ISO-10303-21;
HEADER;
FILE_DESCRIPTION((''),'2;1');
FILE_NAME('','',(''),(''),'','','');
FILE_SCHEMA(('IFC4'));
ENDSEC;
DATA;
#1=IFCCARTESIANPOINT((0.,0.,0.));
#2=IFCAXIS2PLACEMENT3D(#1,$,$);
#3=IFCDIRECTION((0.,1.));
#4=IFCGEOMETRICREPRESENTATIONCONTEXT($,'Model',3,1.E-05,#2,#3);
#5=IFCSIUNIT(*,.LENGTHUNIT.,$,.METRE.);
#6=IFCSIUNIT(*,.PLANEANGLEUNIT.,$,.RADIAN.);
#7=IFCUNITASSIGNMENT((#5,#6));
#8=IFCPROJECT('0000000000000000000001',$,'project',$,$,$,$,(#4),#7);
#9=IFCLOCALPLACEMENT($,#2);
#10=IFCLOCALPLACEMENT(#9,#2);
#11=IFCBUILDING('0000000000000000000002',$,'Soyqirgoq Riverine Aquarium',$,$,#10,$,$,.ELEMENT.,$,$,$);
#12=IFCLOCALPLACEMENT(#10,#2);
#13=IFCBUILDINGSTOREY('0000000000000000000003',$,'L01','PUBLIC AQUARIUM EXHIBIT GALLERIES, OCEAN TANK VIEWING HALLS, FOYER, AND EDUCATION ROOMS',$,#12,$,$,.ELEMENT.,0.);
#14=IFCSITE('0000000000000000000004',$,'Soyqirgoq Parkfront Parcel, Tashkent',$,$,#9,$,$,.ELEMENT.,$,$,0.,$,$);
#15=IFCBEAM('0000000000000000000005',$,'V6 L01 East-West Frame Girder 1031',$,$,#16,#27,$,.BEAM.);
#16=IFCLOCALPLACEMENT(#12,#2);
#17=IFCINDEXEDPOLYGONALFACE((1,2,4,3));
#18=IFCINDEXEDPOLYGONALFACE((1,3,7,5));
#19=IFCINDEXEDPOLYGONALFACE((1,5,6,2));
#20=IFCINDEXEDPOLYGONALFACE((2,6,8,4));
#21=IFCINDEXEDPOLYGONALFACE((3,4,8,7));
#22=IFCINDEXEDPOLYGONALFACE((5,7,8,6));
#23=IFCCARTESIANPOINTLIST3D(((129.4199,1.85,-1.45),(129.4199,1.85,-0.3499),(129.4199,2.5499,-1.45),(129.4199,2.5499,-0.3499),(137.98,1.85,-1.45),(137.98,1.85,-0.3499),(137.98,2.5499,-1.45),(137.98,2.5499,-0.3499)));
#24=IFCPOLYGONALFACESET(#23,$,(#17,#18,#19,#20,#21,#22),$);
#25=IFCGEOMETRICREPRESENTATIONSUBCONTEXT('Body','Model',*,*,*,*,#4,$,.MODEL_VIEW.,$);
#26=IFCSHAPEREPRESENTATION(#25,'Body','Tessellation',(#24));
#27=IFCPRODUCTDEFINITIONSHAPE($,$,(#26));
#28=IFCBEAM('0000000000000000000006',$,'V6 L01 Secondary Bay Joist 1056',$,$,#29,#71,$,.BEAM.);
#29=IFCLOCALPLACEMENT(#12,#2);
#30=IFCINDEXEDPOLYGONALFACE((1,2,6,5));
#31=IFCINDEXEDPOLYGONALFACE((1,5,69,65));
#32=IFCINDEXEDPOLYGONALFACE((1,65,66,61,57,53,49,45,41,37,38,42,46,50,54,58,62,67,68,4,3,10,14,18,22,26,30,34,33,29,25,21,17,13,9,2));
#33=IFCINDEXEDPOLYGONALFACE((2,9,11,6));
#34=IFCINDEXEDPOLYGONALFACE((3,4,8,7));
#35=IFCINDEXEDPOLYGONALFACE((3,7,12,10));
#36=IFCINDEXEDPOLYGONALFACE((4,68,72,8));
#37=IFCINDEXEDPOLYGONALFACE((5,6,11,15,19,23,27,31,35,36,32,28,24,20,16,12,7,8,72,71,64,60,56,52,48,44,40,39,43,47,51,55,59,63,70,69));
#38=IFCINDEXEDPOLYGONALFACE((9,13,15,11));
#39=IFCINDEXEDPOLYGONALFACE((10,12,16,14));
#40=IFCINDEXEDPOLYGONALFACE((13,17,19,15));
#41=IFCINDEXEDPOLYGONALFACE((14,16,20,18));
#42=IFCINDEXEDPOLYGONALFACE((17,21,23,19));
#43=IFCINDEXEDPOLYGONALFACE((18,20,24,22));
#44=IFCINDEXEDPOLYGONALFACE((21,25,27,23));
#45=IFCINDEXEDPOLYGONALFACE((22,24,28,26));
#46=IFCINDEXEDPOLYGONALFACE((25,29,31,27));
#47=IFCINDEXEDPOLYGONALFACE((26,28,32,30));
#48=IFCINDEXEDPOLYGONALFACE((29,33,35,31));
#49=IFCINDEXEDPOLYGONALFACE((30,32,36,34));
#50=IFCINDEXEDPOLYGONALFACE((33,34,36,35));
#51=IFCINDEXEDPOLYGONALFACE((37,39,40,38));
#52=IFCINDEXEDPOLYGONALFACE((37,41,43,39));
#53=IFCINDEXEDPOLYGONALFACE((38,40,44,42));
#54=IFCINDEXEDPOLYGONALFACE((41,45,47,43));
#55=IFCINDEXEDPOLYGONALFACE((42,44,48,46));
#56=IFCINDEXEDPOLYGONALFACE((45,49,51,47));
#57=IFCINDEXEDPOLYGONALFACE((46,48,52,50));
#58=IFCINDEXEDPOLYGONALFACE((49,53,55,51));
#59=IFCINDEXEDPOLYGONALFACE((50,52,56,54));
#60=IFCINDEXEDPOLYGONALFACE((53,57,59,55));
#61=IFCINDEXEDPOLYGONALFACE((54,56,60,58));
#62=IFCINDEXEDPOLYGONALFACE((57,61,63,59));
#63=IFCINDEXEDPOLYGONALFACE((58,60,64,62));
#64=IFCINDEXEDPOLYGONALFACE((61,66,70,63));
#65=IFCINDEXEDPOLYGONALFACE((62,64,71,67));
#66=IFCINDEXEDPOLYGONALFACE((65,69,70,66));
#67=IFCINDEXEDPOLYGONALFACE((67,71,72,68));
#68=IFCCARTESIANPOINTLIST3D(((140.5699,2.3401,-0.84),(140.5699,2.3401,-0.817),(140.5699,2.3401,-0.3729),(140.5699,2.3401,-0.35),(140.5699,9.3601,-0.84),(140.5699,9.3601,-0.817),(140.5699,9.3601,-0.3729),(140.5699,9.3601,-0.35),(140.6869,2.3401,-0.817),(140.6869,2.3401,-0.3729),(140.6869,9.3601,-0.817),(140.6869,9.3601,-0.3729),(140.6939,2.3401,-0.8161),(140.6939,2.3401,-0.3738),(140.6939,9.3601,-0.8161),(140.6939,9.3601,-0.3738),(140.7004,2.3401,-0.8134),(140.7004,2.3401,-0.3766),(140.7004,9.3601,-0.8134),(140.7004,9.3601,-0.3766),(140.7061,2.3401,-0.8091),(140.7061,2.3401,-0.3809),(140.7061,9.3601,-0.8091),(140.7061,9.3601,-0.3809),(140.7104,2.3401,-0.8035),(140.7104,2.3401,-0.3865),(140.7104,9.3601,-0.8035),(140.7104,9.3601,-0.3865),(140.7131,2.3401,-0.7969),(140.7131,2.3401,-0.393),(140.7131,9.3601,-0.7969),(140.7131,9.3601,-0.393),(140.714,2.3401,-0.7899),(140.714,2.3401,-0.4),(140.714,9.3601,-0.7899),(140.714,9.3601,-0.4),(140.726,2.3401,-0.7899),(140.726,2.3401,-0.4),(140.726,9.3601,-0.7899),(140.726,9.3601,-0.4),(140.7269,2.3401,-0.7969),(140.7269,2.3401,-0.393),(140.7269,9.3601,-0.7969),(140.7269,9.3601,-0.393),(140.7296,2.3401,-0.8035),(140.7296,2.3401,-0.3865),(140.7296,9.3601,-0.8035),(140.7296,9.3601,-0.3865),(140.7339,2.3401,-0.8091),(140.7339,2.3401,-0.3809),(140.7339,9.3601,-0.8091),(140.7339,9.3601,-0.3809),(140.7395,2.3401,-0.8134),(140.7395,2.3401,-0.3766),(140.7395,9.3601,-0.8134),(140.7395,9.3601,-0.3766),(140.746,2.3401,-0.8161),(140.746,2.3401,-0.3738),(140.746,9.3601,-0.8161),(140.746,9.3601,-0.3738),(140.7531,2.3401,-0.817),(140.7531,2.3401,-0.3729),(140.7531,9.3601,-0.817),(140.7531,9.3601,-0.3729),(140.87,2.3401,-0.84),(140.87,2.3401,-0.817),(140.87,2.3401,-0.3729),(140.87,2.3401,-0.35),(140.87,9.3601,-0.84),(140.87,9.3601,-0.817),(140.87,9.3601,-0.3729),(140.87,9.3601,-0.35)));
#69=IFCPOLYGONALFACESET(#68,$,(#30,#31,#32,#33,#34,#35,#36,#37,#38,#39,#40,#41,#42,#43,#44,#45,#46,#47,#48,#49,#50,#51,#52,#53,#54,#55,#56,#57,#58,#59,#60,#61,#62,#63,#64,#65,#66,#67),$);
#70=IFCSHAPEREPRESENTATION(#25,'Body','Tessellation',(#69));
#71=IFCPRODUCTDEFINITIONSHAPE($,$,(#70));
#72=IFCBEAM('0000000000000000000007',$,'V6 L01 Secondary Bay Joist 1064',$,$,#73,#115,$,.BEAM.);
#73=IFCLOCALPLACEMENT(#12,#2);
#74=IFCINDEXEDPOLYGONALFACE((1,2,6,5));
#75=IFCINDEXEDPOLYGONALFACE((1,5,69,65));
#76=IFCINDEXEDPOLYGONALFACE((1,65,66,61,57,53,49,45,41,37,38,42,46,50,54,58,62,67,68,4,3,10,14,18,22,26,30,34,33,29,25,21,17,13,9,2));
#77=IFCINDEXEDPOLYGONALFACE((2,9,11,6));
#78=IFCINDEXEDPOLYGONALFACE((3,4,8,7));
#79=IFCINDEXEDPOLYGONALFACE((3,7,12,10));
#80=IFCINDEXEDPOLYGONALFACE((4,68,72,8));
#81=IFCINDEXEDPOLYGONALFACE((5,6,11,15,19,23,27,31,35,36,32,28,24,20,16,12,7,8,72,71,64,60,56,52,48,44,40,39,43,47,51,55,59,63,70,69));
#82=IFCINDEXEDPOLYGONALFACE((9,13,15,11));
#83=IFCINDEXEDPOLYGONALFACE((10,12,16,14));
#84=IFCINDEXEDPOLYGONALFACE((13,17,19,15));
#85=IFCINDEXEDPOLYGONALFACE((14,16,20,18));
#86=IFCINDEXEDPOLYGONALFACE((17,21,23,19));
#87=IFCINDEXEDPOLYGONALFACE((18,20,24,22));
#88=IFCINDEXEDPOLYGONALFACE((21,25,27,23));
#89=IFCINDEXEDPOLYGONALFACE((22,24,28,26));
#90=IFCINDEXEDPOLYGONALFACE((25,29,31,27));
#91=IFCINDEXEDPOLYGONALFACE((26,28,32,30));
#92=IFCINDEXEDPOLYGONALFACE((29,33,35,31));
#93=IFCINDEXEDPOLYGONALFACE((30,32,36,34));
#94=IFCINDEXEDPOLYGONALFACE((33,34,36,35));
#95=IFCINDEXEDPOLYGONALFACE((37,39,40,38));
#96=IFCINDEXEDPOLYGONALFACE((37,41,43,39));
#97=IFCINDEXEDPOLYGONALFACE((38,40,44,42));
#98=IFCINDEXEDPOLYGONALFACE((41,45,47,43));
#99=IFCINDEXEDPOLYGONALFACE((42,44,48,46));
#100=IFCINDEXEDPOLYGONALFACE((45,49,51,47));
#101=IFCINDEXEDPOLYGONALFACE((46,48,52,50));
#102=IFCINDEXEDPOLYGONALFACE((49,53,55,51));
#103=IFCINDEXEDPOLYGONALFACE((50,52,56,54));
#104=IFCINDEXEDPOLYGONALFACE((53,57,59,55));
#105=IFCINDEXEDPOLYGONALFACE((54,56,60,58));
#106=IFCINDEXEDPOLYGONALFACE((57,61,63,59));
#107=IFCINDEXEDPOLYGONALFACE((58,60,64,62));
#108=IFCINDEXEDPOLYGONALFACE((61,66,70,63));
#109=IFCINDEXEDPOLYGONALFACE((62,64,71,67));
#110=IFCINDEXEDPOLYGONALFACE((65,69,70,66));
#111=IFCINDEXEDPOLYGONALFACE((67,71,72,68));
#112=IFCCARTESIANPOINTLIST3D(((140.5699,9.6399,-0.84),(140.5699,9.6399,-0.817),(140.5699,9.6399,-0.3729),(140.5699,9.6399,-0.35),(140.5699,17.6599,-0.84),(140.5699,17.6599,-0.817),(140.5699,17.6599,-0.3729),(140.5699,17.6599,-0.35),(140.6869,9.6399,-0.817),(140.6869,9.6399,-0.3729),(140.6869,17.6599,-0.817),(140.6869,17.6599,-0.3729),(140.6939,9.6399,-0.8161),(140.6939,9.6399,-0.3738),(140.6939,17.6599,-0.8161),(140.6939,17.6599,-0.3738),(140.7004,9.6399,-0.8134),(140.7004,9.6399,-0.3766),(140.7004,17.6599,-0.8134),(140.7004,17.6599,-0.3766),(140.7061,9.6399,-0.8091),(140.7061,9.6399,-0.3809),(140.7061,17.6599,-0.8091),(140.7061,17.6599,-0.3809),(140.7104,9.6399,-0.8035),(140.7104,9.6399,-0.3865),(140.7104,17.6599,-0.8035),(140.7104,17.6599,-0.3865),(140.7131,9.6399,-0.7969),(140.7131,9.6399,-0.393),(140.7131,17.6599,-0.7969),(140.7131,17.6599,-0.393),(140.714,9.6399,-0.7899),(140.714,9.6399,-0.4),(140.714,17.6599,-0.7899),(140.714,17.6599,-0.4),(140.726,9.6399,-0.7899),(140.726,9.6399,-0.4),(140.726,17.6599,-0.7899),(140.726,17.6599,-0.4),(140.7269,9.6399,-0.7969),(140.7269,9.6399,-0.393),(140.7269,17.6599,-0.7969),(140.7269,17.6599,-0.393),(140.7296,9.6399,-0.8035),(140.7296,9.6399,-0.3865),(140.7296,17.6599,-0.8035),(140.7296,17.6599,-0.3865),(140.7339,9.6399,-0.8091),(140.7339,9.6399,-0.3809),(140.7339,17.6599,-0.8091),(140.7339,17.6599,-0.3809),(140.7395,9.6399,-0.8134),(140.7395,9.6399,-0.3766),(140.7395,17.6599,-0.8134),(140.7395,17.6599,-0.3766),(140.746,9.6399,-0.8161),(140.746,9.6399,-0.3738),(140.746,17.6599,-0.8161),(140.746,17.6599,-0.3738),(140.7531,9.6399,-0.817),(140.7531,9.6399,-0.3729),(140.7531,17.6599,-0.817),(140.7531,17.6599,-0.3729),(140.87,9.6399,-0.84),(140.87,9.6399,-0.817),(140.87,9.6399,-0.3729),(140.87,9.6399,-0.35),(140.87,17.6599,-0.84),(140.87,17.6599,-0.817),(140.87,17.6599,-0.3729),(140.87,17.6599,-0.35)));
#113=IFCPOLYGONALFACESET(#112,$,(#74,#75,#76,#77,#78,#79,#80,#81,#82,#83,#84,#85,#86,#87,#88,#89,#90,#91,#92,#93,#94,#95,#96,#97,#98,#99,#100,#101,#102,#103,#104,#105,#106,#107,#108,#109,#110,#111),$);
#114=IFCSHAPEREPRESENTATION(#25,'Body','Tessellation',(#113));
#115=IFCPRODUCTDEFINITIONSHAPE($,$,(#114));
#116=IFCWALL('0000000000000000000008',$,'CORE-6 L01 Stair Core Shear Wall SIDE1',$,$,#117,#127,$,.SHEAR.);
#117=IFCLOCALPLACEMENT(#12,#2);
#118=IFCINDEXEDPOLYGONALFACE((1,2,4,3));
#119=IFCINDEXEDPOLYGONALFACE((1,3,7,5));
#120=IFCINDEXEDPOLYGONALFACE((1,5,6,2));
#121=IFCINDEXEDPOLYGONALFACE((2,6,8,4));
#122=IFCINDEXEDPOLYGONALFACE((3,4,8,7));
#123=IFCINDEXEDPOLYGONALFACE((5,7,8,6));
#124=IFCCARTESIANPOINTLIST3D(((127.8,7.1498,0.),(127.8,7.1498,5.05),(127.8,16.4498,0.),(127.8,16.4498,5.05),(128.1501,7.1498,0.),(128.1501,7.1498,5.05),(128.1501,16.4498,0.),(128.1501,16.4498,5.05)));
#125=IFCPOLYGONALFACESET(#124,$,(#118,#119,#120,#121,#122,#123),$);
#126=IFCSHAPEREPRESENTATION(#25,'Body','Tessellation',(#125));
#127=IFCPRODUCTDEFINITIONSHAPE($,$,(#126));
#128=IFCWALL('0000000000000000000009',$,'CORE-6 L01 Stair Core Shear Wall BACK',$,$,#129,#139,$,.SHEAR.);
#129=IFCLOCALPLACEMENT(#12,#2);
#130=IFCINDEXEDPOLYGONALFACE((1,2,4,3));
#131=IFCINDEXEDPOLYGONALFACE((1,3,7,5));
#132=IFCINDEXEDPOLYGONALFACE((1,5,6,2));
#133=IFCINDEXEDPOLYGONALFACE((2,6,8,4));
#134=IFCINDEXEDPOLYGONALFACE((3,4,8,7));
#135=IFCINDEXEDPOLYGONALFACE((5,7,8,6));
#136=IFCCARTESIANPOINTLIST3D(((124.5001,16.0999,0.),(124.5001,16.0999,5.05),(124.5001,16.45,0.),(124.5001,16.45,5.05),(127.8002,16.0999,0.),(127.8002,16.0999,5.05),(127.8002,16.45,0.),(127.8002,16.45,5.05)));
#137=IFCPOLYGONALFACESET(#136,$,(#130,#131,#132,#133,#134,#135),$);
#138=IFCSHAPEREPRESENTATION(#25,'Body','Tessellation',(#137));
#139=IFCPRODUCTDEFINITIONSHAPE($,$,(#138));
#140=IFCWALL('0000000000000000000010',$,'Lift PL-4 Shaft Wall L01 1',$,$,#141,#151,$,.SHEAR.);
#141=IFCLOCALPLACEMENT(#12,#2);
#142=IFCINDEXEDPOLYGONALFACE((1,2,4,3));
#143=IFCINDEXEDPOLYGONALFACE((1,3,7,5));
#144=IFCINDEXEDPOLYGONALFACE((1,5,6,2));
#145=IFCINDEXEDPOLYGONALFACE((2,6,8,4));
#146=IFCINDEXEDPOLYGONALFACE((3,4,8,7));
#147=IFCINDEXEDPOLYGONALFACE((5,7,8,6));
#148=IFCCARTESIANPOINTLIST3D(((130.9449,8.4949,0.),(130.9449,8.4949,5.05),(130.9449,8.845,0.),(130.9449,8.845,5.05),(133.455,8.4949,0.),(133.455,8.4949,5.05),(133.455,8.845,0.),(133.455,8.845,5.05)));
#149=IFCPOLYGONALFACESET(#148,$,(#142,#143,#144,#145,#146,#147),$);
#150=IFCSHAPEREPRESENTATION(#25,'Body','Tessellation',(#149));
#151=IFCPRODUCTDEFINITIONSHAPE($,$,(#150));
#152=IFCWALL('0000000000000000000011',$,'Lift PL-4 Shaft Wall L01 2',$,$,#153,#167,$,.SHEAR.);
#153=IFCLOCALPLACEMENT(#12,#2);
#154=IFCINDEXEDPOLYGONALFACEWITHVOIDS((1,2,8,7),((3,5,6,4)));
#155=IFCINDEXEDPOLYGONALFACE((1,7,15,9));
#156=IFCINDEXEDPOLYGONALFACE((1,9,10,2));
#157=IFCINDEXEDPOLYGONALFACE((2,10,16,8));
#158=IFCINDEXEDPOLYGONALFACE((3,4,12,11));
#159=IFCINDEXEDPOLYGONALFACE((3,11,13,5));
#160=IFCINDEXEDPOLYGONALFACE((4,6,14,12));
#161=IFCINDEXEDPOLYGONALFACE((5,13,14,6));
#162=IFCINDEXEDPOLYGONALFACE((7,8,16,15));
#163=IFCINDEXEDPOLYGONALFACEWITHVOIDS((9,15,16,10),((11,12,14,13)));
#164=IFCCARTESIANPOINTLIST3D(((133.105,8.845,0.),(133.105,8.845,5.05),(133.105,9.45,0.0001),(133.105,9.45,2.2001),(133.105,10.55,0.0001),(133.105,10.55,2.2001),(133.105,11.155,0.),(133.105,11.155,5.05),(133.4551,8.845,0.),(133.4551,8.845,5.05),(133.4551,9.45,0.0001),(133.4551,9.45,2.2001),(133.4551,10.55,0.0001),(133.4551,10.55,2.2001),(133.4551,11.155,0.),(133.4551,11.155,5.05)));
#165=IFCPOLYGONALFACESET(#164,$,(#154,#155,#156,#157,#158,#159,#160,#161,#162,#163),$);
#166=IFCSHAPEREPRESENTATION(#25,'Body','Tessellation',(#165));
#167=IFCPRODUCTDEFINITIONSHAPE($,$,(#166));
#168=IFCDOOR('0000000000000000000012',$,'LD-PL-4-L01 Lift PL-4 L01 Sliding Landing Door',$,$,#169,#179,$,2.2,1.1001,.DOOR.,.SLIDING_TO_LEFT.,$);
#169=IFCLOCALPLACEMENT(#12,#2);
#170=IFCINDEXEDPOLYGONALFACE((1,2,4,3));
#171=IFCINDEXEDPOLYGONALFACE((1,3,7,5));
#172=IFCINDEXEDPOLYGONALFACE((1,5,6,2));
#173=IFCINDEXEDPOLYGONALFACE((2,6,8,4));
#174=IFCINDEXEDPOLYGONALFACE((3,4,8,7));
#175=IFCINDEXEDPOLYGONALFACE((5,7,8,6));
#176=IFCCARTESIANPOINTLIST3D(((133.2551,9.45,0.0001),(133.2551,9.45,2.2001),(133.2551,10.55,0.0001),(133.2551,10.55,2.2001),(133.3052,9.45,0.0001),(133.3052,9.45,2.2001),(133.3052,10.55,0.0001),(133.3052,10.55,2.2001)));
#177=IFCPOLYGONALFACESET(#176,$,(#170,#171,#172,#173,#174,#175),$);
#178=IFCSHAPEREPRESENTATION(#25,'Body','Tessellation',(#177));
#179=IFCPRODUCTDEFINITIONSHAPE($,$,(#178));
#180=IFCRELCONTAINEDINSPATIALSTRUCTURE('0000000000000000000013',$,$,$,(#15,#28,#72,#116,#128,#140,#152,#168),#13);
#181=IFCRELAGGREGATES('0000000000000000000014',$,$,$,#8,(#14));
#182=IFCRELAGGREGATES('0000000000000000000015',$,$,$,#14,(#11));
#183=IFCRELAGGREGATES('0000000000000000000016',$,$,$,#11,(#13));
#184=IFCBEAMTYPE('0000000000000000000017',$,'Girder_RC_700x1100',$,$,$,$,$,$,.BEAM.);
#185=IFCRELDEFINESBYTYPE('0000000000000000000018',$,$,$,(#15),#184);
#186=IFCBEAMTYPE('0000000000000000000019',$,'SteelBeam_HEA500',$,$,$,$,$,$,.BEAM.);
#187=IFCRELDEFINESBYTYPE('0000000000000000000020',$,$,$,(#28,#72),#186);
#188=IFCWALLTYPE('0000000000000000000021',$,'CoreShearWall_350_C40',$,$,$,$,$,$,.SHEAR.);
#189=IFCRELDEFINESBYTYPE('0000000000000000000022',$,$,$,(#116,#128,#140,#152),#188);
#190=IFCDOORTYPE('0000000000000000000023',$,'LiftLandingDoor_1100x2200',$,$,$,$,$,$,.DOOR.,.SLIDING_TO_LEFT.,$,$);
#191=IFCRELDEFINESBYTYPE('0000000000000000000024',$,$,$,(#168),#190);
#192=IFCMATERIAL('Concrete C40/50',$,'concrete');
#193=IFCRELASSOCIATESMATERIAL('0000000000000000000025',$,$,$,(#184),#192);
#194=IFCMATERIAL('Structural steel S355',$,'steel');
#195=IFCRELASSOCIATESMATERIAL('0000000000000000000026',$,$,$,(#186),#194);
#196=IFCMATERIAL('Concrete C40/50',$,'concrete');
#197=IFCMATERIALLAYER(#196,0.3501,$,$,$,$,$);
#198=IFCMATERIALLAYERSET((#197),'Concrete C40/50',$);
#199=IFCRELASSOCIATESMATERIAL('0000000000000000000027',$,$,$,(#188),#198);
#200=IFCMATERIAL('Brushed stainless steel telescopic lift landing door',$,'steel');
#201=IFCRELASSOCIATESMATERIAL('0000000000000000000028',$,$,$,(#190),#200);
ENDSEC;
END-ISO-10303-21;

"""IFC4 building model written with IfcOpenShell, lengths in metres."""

from ifc_helpers import new_model, si_unit, direction, frame, frame_2d, origin, origin_2d, place, context, subcontext, project, spatial, rectangle, i_section, extrude, material, layer, layer_set, material_profile, profile_set, type_object, element, fill, save


model = new_model("IFC4")

# Units and contexts
model_context = context("Model", 3, precision=1e-05, world=origin(), true_north=direction((0.0, 1.0)))
body_context = subcontext(model_context, "Body", "Model", "MODEL_VIEW")
ifc_project = project(units=[si_unit("LENGTHUNIT", "METRE"), si_unit("PLANEANGLEUNIT", "RADIAN")], contexts=[model_context])

# Site, building, storey
site_placement = place(None, origin())
site = spatial("IfcSite", under=ifc_project, at=site_placement, Name="Soyqirgoq Parkfront Parcel, Tashkent", CompositionType="ELEMENT", RefElevation=0.0)
building_placement = place(site_placement, origin())
building = spatial("IfcBuilding", under=site, at=building_placement, Name="Soyqirgoq Riverine Aquarium", CompositionType="ELEMENT")
storey_placement = place(building_placement, origin())
storey = spatial("IfcBuildingStorey", under=building, at=storey_placement, Name="L01", Description="PUBLIC AQUARIUM EXHIBIT GALLERIES, OCEAN TANK VIEWING HALLS, FOYER, AND EDUCATION ROOMS", CompositionType="ELEMENT", Elevation=0.0)

# Beams
ifc_material_1 = material(Name="Concrete C40/50", Category="concrete")
ifc_material_profile_1 = material_profile(ifc_material_1, rectangle(XDim=0.7, YDim=1.1001, at=origin_2d()), Name="RC 700x1100")
ifc_profile_set_1 = profile_set([ifc_material_profile_1], Name="Concrete C40/50")
beam_type_1 = type_object("IfcBeamType", Name="Girder_RC_700x1100", PredefinedType="BEAM", material=ifc_profile_set_1)
beam_1_placement = place(storey_placement, frame((129.4199, 2.2, -0.8999), z_axis=(1.0, 0.0, 0.0), x_axis=(0.0, 1.0, 0.0)))
element("IfcBeam", 1, at=beam_1_placement, inside=storey, type_object=beam_type_1, Name="V6 L01 East-West Frame Girder 1031", PredefinedType="BEAM", context=body_context, shape_type="SweptSolid", body=[
    extrude(rectangle(XDim=0.7, YDim=1.1001, at=origin_2d()), origin(), (0.0, 0.0, 1.0), 8.5601),
])
ifc_material_2 = material(Name="Structural steel S355", Category="steel")
ifc_material_profile_2 = material_profile(ifc_material_2, i_section(OverallWidth=0.3, OverallDepth=0.49, WebThickness=0.012, FlangeThickness=0.0229, FilletRadius=0.0271, at=origin_2d()), Name="HEA 500")
ifc_profile_set_2 = profile_set([ifc_material_profile_2], Name="Structural steel S355")
beam_type_2 = type_object("IfcBeamType", Name="SteelBeam_HEA500", PredefinedType="BEAM", material=ifc_profile_set_2)
beam_2_placement = place(storey_placement, frame((140.72, 2.3401, -0.595), z_axis=(0.0, 1.0, 0.0), x_axis=(-1.0, 0.0, 0.0)))
element("IfcBeam", 2, at=beam_2_placement, inside=storey, type_object=beam_type_2, Name="V6 L01 Secondary Bay Joist 1056", PredefinedType="BEAM", context=body_context, shape_type="SweptSolid", body=[
    extrude(i_section(OverallWidth=0.3, OverallDepth=0.49, WebThickness=0.012, FlangeThickness=0.0229, FilletRadius=0.0271, at=origin_2d()), origin(), (0.0, 0.0, 1.0), 7.02),
])
beam_3_placement = place(storey_placement, frame((140.72, 9.6399, -0.595), z_axis=(0.0, 1.0, 0.0), x_axis=(-1.0, 0.0, 0.0)))
element("IfcBeam", 3, at=beam_3_placement, inside=storey, type_object=beam_type_2, Name="V6 L01 Secondary Bay Joist 1064", PredefinedType="BEAM", context=body_context, shape_type="SweptSolid", body=[
    extrude(i_section(OverallWidth=0.3, OverallDepth=0.49, WebThickness=0.012, FlangeThickness=0.0229, FilletRadius=0.0271, at=origin_2d()), origin(), (0.0, 0.0, 1.0), 8.02),
])

# Walls
ifc_material_3 = material(Name="Concrete C40/50", Category="concrete")
ifc_layer_1 = layer(ifc_material_3, 0.3501)
ifc_layer_set_1 = layer_set([ifc_layer_1], Name="Concrete C40/50")
wall_type_1 = type_object("IfcWallType", Name="CoreShearWall_350_C40", PredefinedType="SHEAR", material=ifc_layer_set_1)
wall_1_placement = place(storey_placement, frame((127.9751, 7.1499, 0.0), z_axis=(0.0, 0.0, 1.0), x_axis=(0.0, 1.0, 0.0)))
element("IfcWall", 4, at=wall_1_placement, inside=storey, type_object=wall_type_1, Name="CORE-6 L01 Stair Core Shear Wall SIDE1", PredefinedType="SHEAR", context=body_context, shape_type="SweptSolid", body=[
    extrude(rectangle(XDim=9.3, YDim=0.3501, at=frame_2d((4.6499, 0.0))), origin(), (0.0, 0.0, 1.0), 5.05),
])
wall_2_placement = place(storey_placement, frame((127.8, 16.2749, 0.0), z_axis=(0.0, 0.0, 1.0), x_axis=(-1.0, 0.0, 0.0)))
element("IfcWall", 5, at=wall_2_placement, inside=storey, type_object=wall_type_1, Name="CORE-6 L01 Stair Core Shear Wall BACK", PredefinedType="SHEAR", context=body_context, shape_type="SweptSolid", body=[
    extrude(rectangle(XDim=3.3, YDim=0.3501, at=frame_2d((1.6499, 0.0))), origin(), (0.0, 0.0, 1.0), 5.05),
])
wall_3_placement = place(storey_placement, frame((130.9451, 8.6699, 0.0), z_axis=(0.0, 0.0, 1.0), x_axis=(1.0, 0.0, 0.0)))
element("IfcWall", 6, at=wall_3_placement, inside=storey, type_object=wall_type_1, Name="Lift PL-4 Shaft Wall L01 1", PredefinedType="SHEAR", context=body_context, shape_type="SweptSolid", body=[
    extrude(rectangle(XDim=2.51, YDim=0.3501, at=frame_2d((1.2549, 0.0))), origin(), (0.0, 0.0, 1.0), 5.05),
])

# Wall, opening, door
wall_4_placement = place(storey_placement, frame((133.28, 8.845, 0.0), z_axis=(0.0, 0.0, 1.0), x_axis=(0.0, 1.0, 0.0)))
wall_4 = element("IfcWall", 7, at=wall_4_placement, inside=storey, type_object=wall_type_1, Name="Lift PL-4 Shaft Wall L01 2", PredefinedType="SHEAR", context=body_context, shape_type="SweptSolid", body=[
    extrude(rectangle(XDim=2.3101, YDim=0.3501, at=frame_2d((1.155, 0.0))), origin(), (0.0, 0.0, 1.0), 5.05),
])
opening_1_placement = place(wall_4_placement, frame((0.605, 0.0, 0.0)))
opening_1 = element("IfcOpeningElement", 8, at=opening_1_placement, cuts=wall_4, PredefinedType="OPENING", context=body_context, shape_type="SweptSolid", body=[
    extrude(rectangle(XDim=1.1001, YDim=2.2, at=frame_2d((0.55, 1.1001))), frame((0.0, 0.1851, 0.0), z_axis=(0.0, -1.0, 0.0), x_axis=(1.0, 0.0, 0.0)), (0.0, 0.0, 1.0), 0.3701),
])
ifc_material_4 = material(Name="Brushed stainless steel telescopic lift landing door", Category="steel")
door_type_1 = type_object("IfcDoorType", Name="LiftLandingDoor_1100x2200", OperationType="SLIDING_TO_LEFT", PredefinedType="DOOR", material=ifc_material_4)
door_1_placement = place(opening_1_placement, origin())
door_1 = element("IfcDoor", 9, at=door_1_placement, inside=storey, type_object=door_type_1, Name="LD-PL-4-L01 Lift PL-4 L01 Sliding Landing Door", OperationType="SLIDING_TO_LEFT", OverallHeight=2.2, OverallWidth=1.1001, PredefinedType="DOOR", context=body_context, shape_type="SweptSolid", body=[
    extrude(rectangle(XDim=1.1001, YDim=2.2, at=frame_2d((0.55, 1.1001))), frame((0.0, 0.0249, 0.0), z_axis=(0.0, -1.0, 0.0), x_axis=(1.0, 0.0, 0.0)), (0.0, 0.0, 1.0), 0.05),
])
fill(opening_1, door_1)

save(model, "model.ifc")
